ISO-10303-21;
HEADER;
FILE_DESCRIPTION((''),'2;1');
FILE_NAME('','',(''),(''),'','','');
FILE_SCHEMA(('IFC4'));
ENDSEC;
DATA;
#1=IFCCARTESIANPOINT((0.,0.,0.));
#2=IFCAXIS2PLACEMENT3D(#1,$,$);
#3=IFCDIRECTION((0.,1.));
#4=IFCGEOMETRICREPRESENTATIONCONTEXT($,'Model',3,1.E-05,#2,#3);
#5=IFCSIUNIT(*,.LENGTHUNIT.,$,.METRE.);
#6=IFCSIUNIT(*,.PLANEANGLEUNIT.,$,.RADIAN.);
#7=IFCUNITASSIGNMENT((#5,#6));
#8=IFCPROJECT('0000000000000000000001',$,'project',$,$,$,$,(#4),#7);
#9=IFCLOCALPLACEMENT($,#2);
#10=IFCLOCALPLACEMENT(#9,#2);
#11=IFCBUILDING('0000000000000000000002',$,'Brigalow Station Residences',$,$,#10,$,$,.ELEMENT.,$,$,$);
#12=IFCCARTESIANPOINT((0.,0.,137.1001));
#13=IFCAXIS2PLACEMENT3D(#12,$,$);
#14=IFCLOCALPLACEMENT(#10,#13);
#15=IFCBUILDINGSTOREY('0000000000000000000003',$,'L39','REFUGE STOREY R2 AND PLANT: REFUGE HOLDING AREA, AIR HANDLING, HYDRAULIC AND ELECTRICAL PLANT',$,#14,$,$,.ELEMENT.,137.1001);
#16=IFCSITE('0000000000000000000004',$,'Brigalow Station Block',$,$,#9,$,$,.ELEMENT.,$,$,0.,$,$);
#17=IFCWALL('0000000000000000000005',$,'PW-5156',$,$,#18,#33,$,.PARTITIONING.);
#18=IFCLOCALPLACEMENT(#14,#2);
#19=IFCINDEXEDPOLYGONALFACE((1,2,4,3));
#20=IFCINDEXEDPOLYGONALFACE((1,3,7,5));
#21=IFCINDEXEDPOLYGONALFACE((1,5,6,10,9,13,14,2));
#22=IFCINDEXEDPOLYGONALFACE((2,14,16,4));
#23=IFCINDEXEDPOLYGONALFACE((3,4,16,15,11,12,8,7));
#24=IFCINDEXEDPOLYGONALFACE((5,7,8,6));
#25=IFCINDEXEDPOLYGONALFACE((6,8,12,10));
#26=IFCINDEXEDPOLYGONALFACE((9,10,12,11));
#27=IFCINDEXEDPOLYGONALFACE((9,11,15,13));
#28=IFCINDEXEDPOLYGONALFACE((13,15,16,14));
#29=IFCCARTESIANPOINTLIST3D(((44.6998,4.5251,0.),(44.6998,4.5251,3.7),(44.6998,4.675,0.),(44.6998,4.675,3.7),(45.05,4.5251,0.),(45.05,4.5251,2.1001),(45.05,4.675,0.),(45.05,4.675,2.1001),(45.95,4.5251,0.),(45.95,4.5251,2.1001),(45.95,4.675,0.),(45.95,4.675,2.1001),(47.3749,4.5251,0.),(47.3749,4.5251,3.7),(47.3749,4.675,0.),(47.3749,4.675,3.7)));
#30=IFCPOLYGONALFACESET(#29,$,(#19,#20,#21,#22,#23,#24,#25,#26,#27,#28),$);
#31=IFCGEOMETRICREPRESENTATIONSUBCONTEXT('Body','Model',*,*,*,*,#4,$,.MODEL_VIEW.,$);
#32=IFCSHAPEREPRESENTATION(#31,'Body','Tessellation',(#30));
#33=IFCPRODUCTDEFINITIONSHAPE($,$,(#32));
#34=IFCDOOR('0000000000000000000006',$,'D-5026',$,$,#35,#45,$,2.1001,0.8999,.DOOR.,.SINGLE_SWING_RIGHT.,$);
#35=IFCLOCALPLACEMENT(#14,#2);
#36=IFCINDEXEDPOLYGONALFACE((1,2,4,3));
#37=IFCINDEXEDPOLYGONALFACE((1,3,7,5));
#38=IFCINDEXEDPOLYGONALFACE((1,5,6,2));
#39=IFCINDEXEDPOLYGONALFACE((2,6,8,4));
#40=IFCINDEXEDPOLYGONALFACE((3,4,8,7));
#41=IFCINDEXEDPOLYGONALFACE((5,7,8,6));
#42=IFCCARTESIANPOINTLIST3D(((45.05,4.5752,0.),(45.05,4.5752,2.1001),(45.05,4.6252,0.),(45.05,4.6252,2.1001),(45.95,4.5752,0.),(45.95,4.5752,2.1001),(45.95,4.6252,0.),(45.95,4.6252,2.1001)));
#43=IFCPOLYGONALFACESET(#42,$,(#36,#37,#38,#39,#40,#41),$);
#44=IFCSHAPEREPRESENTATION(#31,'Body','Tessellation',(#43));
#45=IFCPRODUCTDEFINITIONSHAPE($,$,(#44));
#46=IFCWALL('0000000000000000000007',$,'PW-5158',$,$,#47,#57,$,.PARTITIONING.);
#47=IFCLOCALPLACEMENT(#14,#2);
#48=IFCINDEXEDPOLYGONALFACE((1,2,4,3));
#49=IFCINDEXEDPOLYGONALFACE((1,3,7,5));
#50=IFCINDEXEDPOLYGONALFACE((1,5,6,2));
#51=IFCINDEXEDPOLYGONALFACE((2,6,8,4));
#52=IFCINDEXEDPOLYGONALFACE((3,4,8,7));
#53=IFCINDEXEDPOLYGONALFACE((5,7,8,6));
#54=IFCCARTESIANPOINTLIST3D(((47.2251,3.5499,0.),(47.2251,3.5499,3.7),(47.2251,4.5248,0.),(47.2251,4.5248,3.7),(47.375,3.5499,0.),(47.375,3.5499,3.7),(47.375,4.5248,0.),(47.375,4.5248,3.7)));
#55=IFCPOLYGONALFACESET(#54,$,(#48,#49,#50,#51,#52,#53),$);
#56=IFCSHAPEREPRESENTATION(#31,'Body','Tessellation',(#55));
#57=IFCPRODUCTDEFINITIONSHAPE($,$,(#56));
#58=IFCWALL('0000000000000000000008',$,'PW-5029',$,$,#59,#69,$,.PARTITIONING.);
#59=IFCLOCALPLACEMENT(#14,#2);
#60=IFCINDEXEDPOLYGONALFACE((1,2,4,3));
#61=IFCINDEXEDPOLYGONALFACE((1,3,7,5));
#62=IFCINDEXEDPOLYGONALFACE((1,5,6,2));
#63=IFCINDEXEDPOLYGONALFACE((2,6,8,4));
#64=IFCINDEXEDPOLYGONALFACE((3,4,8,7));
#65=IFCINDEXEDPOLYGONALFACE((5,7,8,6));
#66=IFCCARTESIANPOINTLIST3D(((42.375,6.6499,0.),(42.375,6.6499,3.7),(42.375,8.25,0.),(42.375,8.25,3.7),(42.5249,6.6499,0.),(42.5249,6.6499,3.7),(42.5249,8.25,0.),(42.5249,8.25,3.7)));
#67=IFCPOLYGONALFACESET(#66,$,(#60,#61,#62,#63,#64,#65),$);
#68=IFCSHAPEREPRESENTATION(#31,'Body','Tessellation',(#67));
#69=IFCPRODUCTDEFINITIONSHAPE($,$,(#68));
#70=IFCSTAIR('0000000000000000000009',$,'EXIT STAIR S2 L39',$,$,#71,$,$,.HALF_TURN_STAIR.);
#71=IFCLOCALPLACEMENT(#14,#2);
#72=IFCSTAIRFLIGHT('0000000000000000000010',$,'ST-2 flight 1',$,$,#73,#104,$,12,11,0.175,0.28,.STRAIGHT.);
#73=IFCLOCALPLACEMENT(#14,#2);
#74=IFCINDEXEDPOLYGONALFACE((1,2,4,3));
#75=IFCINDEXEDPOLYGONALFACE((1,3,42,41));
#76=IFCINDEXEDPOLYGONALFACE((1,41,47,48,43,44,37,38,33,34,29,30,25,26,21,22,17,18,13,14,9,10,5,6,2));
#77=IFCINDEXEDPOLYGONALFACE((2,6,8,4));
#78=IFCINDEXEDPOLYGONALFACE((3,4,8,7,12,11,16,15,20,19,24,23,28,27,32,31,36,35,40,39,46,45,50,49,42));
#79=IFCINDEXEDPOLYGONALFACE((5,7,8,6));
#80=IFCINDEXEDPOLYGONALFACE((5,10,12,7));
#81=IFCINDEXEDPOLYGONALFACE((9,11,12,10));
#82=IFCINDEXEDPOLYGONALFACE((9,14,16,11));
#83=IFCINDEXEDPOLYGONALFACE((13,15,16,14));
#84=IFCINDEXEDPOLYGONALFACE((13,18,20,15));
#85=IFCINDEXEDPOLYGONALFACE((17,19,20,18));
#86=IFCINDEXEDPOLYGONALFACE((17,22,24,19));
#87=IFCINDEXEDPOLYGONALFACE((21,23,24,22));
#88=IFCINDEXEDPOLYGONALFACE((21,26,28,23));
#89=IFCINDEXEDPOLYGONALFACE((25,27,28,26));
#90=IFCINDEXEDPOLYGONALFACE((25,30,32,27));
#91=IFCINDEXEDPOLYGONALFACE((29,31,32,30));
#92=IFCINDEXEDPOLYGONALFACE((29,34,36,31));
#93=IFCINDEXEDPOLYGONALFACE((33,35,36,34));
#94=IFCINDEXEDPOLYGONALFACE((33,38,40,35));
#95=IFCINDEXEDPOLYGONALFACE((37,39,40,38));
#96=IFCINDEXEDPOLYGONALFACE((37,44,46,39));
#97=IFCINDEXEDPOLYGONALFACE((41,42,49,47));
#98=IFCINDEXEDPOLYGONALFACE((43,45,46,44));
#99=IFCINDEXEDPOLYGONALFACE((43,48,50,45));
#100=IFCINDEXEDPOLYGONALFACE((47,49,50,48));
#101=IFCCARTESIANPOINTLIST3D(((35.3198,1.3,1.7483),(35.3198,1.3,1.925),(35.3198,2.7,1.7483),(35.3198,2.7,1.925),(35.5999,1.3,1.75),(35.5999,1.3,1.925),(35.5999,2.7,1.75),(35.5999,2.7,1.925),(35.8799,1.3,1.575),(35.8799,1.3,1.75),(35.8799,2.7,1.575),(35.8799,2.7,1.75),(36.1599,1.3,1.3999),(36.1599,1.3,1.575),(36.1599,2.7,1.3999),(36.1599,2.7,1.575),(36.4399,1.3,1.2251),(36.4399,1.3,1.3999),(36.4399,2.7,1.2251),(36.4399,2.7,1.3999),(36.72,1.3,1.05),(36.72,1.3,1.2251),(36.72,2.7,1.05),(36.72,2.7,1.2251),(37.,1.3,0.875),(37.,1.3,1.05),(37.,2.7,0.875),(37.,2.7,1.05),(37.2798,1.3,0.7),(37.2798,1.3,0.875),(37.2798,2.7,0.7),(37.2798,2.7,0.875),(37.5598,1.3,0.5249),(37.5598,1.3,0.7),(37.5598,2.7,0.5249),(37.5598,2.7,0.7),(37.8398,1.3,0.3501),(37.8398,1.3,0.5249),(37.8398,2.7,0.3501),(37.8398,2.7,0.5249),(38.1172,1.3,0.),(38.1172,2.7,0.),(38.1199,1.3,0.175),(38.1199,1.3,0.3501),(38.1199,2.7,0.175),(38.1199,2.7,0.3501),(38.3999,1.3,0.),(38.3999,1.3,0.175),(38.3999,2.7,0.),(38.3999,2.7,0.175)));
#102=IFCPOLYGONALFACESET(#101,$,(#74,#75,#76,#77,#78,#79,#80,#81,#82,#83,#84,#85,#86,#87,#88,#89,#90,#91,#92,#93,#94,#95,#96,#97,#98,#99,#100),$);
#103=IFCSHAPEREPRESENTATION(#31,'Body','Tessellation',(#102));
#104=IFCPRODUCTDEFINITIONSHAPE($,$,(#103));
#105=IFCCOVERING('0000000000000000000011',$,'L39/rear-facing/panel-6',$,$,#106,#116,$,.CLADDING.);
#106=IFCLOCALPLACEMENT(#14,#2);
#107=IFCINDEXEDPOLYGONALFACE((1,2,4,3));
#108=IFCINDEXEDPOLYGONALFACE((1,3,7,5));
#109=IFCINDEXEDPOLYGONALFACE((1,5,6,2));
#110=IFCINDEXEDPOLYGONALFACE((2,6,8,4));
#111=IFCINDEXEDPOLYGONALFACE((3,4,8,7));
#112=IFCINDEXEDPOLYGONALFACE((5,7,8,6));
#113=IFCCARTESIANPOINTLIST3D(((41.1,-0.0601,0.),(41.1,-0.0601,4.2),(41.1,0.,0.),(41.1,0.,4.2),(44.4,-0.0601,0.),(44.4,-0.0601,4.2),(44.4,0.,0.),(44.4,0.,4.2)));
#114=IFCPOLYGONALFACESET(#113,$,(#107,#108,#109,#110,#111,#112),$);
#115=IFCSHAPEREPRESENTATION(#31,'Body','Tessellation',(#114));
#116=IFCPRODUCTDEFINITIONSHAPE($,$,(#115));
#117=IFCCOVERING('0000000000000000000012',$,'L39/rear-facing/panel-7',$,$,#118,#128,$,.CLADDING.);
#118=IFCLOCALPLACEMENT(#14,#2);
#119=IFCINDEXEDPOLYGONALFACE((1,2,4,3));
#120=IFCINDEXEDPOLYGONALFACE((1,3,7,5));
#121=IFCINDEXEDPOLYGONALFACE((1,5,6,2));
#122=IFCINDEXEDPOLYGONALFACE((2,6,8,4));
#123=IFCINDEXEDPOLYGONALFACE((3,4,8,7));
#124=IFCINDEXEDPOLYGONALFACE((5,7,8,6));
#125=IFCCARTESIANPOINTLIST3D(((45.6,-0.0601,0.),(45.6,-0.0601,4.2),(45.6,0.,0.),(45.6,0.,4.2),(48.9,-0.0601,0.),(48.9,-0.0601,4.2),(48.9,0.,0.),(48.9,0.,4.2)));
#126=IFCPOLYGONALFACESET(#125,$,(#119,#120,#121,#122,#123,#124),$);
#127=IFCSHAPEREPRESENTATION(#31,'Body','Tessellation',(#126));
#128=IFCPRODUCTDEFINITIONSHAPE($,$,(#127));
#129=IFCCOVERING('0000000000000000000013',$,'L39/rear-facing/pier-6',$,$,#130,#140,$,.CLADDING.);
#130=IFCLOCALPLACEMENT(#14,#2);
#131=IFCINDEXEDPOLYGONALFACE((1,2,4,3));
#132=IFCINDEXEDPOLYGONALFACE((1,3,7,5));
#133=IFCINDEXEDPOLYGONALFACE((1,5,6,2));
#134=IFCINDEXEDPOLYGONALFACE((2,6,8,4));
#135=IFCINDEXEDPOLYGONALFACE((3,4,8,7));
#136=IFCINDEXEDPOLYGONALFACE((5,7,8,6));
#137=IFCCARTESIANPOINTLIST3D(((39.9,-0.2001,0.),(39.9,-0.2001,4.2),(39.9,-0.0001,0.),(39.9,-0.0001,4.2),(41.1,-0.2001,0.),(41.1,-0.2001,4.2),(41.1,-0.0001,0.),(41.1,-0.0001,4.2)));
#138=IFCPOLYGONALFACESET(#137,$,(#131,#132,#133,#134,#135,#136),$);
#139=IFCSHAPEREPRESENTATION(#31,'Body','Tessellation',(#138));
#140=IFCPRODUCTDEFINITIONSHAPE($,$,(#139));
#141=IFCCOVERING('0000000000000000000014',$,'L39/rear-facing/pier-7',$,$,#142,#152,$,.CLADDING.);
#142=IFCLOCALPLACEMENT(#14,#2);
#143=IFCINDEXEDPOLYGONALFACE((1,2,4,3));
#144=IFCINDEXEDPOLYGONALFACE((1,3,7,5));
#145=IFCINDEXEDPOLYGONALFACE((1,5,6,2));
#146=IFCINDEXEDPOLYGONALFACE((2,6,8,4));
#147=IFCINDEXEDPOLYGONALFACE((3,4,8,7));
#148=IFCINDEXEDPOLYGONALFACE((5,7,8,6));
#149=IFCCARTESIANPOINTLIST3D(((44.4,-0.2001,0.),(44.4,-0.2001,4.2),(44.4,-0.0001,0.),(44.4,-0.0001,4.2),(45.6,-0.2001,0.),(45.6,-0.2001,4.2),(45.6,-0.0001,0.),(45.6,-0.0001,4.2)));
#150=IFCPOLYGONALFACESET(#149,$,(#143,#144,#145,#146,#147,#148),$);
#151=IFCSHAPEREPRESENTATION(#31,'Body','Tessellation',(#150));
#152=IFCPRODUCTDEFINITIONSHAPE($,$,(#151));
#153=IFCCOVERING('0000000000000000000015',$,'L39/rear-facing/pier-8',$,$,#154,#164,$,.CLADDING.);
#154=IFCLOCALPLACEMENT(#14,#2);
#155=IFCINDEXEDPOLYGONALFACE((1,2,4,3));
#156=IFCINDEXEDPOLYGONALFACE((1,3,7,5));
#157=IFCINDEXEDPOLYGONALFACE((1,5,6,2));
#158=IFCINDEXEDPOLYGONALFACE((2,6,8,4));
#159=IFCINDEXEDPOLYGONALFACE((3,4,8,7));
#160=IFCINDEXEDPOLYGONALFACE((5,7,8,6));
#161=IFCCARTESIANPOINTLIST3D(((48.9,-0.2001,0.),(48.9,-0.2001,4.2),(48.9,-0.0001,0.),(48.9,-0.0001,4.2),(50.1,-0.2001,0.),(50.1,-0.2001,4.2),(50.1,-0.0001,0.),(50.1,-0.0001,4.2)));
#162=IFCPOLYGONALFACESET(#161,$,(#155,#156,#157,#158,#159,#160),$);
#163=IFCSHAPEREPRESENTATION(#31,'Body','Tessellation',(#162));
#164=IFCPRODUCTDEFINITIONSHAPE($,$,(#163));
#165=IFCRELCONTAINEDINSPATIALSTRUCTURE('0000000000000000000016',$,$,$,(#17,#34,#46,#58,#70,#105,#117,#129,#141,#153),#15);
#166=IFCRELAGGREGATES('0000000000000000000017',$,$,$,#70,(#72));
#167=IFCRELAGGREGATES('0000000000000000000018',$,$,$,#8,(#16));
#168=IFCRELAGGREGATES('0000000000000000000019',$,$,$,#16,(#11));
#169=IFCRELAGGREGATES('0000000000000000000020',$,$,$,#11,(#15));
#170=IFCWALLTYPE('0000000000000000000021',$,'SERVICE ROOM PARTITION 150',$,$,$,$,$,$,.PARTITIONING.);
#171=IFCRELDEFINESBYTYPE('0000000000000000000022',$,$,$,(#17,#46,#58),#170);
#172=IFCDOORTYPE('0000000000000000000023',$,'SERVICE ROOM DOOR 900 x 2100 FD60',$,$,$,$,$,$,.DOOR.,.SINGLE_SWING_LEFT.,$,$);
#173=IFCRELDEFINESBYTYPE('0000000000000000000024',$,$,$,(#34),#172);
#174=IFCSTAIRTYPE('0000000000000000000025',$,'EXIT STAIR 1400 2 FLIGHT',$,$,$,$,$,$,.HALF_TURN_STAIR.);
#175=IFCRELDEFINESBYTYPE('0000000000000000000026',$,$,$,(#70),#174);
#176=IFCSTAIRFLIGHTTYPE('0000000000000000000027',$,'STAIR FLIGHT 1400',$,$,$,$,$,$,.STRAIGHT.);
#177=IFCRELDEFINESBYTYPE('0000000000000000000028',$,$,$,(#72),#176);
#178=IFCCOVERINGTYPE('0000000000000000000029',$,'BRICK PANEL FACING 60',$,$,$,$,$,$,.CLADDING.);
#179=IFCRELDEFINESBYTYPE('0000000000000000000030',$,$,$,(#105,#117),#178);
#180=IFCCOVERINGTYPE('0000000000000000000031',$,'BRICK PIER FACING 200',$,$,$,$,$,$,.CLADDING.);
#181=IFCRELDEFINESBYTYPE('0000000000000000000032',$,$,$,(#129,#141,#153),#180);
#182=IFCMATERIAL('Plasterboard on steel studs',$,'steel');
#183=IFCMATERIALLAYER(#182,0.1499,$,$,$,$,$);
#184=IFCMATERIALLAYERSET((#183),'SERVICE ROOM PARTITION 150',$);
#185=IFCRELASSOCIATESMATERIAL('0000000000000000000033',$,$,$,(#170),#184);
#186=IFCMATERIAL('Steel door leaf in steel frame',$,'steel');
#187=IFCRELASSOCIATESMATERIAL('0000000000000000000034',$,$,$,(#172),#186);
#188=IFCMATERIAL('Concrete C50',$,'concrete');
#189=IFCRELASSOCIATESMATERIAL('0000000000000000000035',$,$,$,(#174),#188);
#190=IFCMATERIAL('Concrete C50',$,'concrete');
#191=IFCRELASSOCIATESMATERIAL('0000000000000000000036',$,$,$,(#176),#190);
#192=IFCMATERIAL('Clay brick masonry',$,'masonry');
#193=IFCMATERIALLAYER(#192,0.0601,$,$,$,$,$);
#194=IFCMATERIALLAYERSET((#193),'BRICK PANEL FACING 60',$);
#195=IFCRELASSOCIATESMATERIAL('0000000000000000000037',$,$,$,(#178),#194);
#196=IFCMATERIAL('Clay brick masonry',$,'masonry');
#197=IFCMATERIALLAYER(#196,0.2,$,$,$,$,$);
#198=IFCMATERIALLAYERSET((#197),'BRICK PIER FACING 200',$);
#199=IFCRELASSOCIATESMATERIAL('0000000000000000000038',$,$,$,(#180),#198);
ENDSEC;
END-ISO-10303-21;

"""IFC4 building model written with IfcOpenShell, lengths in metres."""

from ifc_helpers import new_model, si_unit, direction, frame, frame_2d, origin, origin_2d, place, context, subcontext, project, spatial, polyline, rectangle, outline, extrude, material, layer, layer_set, type_object, element, fill, aggregate, save


model = new_model("IFC4")

# Units and contexts
model_context = context("Model", 3, precision=1e-05, world=origin(), true_north=direction((0.0, 1.0)))
body_context = subcontext(model_context, "Body", "Model", "MODEL_VIEW")
ifc_project = project(units=[si_unit("LENGTHUNIT", "METRE"), si_unit("PLANEANGLEUNIT", "RADIAN")], contexts=[model_context])

# Site, building, storey
site_placement = place(None, origin())
site = spatial("IfcSite", under=ifc_project, at=site_placement, Name="Brigalow Station Block", CompositionType="ELEMENT", RefElevation=0.0)
building_placement = place(site_placement, origin())
building = spatial("IfcBuilding", under=site, at=building_placement, Name="Brigalow Station Residences", CompositionType="ELEMENT")
storey_placement = place(building_placement, frame((0.0, 0.0, 137.1001)))
storey = spatial("IfcBuildingStorey", under=building, at=storey_placement, Name="L39", Description="REFUGE STOREY R2 AND PLANT: REFUGE HOLDING AREA, AIR HANDLING, HYDRAULIC AND ELECTRICAL PLANT", CompositionType="ELEMENT", Elevation=137.1001)

# Wall, opening, door
ifc_material_1 = material(Name="Plasterboard on steel studs", Category="steel")
ifc_layer_1 = layer(ifc_material_1, 0.1499)
ifc_layer_set_1 = layer_set([ifc_layer_1], Name="SERVICE ROOM PARTITION 150")
wall_type_1 = type_object("IfcWallType", Name="SERVICE ROOM PARTITION 150", PredefinedType="PARTITIONING", material=ifc_layer_set_1)
wall_1_placement = place(storey_placement, frame((44.7, 4.6001, 0.0), z_axis=(0.0, 0.0, 1.0), x_axis=(1.0, 0.0, 0.0)))
wall_1 = element("IfcWall", 1, at=wall_1_placement, inside=storey, type_object=wall_type_1, Name="PW-5156", PredefinedType="PARTITIONING", context=body_context, shape_type="SweptSolid", body=[
    extrude(rectangle(XDim=2.675, YDim=0.1499, at=frame_2d((1.3374, 0.0))), origin(), (0.0, 0.0, 1.0), 3.7),
])
opening_1_placement = place(wall_1_placement, frame((0.3501, 0.0, 0.0)))
opening_1 = element("IfcOpeningElement", 2, at=opening_1_placement, cuts=wall_1, PredefinedType="OPENING", context=body_context, shape_type="SweptSolid", body=[
    extrude(rectangle(XDim=0.8999, YDim=2.1001, at=frame_2d((0.45, 1.05))), frame((0.0, 0.085, 0.0), z_axis=(0.0, -1.0, 0.0), x_axis=(1.0, 0.0, 0.0)), (0.0, 0.0, 1.0), 0.1699),
])
ifc_material_2 = material(Name="Steel door leaf in steel frame", Category="steel")
door_type_1 = type_object("IfcDoorType", Name="SERVICE ROOM DOOR 900 x 2100 FD60", OperationType="SINGLE_SWING_LEFT", PredefinedType="DOOR", material=ifc_material_2)
door_1_placement = place(opening_1_placement, frame((0.8999, 0.0, 0.0), z_axis=(0.0, 0.0, 1.0), x_axis=(-1.0, 0.0, 0.0)))
door_1 = element("IfcDoor", 3, at=door_1_placement, inside=storey, type_object=door_type_1, Name="D-5026", OperationType="SINGLE_SWING_RIGHT", OverallHeight=2.1001, OverallWidth=0.8999, PredefinedType="DOOR", context=body_context, shape_type="SweptSolid", body=[
    extrude(rectangle(XDim=0.8999, YDim=2.1001, at=frame_2d((0.45, 1.05))), frame((0.0, 0.0249, 0.0), z_axis=(0.0, -1.0, 0.0), x_axis=(1.0, 0.0, 0.0)), (0.0, 0.0, 1.0), 0.05),
])
fill(opening_1, door_1)

# Walls
wall_2_placement = place(storey_placement, frame((47.3, 3.55, 0.0), z_axis=(0.0, 0.0, 1.0), x_axis=(0.0, 1.0, 0.0)))
element("IfcWall", 4, at=wall_2_placement, inside=storey, type_object=wall_type_1, Name="PW-5158", PredefinedType="PARTITIONING", context=body_context, shape_type="SweptSolid", body=[
    extrude(rectangle(XDim=0.9749, YDim=0.1499, at=frame_2d((0.4873, 0.0))), origin(), (0.0, 0.0, 1.0), 3.7),
])
wall_3_placement = place(storey_placement, frame((42.45, 6.6499, 0.0), z_axis=(0.0, 0.0, 1.0), x_axis=(0.0, 1.0, 0.0)))
element("IfcWall", 5, at=wall_3_placement, inside=storey, type_object=wall_type_1, Name="PW-5029", PredefinedType="PARTITIONING", context=body_context, shape_type="SweptSolid", body=[
    extrude(rectangle(XDim=1.6001, YDim=0.1499, at=frame_2d((0.8, 0.0))), origin(), (0.0, 0.0, 1.0), 3.7),
])

# Stair, stair flight
ifc_material_3 = material(Name="Concrete C50", Category="concrete")
stair_type = type_object("IfcStairType", Name="EXIT STAIR 1400 2 FLIGHT", PredefinedType="HALF_TURN_STAIR", material=ifc_material_3)
stair_placement = place(storey_placement, origin())
stair = element("IfcStair", 6, at=stair_placement, inside=storey, type_object=stair_type, Name="EXIT STAIR S2 L39", PredefinedType="HALF_TURN_STAIR")
ifc_material_4 = material(Name="Concrete C50", Category="concrete")
stair_flight_type = type_object("IfcStairFlightType", Name="STAIR FLIGHT 1400", PredefinedType="STRAIGHT", material=ifc_material_4)
stair_flight_placement = place(storey_placement, frame((38.3999, 2.0, 0.0), z_axis=(0.0, 0.0, 1.0), x_axis=(-1.0, 0.0, 0.0)))
stair_flight = element("IfcStairFlight", 7, at=stair_flight_placement, type_object=stair_flight_type, Name="ST-2 flight 1", NumberOfRisers=12, NumberOfTreads=11, PredefinedType="STRAIGHT", RiserHeight=0.175, TreadLength=0.28, context=body_context, shape_type="SweptSolid", body=[
    extrude(outline(polyline([(0.0, 0.0), (0.0, 0.175), (0.28, 0.175), (0.28, 0.3501), (0.5601, 0.3501), (0.5601, 0.5249), (0.8401, 0.5249), (0.8401, 0.7), (1.1201, 0.7), (1.1201, 0.875), (1.3999, 0.875), (1.3999, 1.05), (1.6799, 1.05), (1.6799, 1.2251), (1.96, 1.2251), (1.96, 1.3999), (2.24, 1.3999), (2.24, 1.575), (2.52, 1.575), (2.52, 1.75), (2.8, 1.75), (2.8, 1.925), (3.0801, 1.925), (3.0801, 2.1001), (3.0801, 1.7483), (0.2827, 0.0), (0.0, 0.0)])), frame((0.0, 0.7, 0.0), z_axis=(0.0, -1.0, 0.0), x_axis=(1.0, 0.0, 0.0)), (0.0, 0.0, 1.0), 1.3999),
])
aggregate(stair, [stair_flight])

# Coverings
ifc_material_5 = material(Name="Clay brick masonry", Category="masonry")
ifc_layer_2 = layer(ifc_material_5, 0.0601)
ifc_layer_set_2 = layer_set([ifc_layer_2], Name="BRICK PANEL FACING 60")
covering_type_1 = type_object("IfcCoveringType", Name="BRICK PANEL FACING 60", PredefinedType="CLADDING", material=ifc_layer_set_2)
for number, where, z_axis, x_axis, name in (
    (8, (42.75, -0.03, 0.0), (0.0, 0.0, 1.0), (1.0, 0.0, 0.0), "L39/rear-facing/panel-6"),
    (9, (47.25, -0.03, 0.0), (0.0, 0.0, 1.0), (1.0, 0.0, 0.0), "L39/rear-facing/panel-7"),
):
    element("IfcCovering", number, at=place(storey_placement, frame(where, z_axis=z_axis, x_axis=x_axis)), inside=storey, type_object=covering_type_1, Name=name, PredefinedType="CLADDING", context=body_context, shape_type="SweptSolid", body=[
        extrude(rectangle(XDim=3.3, YDim=0.0601, at=origin_2d()), origin(), (0.0, 0.0, 1.0), 4.2),
    ])
ifc_material_6 = material(Name="Clay brick masonry", Category="masonry")
ifc_layer_3 = layer(ifc_material_6, 0.2)
ifc_layer_set_3 = layer_set([ifc_layer_3], Name="BRICK PIER FACING 200")
covering_type_2 = type_object("IfcCoveringType", Name="BRICK PIER FACING 200", PredefinedType="CLADDING", material=ifc_layer_set_3)
for number, where, z_axis, x_axis, name in (
    (10, (40.5, -0.1001, 0.0), (0.0, 0.0, 1.0), (1.0, 0.0, 0.0), "L39/rear-facing/pier-6"),
    (11, (45.0, -0.1001, 0.0), (0.0, 0.0, 1.0), (1.0, 0.0, 0.0), "L39/rear-facing/pier-7"),
    (12, (49.5, -0.1001, 0.0), (0.0, 0.0, 1.0), (1.0, 0.0, 0.0), "L39/rear-facing/pier-8"),
):
    element("IfcCovering", number, at=place(storey_placement, frame(where, z_axis=z_axis, x_axis=x_axis)), inside=storey, type_object=covering_type_2, Name=name, PredefinedType="CLADDING", context=body_context, shape_type="SweptSolid", body=[
        extrude(rectangle(XDim=1.2, YDim=0.2, at=origin_2d()), origin(), (0.0, 0.0, 1.0), 4.2),
    ])

save(model, "model.ifc")
